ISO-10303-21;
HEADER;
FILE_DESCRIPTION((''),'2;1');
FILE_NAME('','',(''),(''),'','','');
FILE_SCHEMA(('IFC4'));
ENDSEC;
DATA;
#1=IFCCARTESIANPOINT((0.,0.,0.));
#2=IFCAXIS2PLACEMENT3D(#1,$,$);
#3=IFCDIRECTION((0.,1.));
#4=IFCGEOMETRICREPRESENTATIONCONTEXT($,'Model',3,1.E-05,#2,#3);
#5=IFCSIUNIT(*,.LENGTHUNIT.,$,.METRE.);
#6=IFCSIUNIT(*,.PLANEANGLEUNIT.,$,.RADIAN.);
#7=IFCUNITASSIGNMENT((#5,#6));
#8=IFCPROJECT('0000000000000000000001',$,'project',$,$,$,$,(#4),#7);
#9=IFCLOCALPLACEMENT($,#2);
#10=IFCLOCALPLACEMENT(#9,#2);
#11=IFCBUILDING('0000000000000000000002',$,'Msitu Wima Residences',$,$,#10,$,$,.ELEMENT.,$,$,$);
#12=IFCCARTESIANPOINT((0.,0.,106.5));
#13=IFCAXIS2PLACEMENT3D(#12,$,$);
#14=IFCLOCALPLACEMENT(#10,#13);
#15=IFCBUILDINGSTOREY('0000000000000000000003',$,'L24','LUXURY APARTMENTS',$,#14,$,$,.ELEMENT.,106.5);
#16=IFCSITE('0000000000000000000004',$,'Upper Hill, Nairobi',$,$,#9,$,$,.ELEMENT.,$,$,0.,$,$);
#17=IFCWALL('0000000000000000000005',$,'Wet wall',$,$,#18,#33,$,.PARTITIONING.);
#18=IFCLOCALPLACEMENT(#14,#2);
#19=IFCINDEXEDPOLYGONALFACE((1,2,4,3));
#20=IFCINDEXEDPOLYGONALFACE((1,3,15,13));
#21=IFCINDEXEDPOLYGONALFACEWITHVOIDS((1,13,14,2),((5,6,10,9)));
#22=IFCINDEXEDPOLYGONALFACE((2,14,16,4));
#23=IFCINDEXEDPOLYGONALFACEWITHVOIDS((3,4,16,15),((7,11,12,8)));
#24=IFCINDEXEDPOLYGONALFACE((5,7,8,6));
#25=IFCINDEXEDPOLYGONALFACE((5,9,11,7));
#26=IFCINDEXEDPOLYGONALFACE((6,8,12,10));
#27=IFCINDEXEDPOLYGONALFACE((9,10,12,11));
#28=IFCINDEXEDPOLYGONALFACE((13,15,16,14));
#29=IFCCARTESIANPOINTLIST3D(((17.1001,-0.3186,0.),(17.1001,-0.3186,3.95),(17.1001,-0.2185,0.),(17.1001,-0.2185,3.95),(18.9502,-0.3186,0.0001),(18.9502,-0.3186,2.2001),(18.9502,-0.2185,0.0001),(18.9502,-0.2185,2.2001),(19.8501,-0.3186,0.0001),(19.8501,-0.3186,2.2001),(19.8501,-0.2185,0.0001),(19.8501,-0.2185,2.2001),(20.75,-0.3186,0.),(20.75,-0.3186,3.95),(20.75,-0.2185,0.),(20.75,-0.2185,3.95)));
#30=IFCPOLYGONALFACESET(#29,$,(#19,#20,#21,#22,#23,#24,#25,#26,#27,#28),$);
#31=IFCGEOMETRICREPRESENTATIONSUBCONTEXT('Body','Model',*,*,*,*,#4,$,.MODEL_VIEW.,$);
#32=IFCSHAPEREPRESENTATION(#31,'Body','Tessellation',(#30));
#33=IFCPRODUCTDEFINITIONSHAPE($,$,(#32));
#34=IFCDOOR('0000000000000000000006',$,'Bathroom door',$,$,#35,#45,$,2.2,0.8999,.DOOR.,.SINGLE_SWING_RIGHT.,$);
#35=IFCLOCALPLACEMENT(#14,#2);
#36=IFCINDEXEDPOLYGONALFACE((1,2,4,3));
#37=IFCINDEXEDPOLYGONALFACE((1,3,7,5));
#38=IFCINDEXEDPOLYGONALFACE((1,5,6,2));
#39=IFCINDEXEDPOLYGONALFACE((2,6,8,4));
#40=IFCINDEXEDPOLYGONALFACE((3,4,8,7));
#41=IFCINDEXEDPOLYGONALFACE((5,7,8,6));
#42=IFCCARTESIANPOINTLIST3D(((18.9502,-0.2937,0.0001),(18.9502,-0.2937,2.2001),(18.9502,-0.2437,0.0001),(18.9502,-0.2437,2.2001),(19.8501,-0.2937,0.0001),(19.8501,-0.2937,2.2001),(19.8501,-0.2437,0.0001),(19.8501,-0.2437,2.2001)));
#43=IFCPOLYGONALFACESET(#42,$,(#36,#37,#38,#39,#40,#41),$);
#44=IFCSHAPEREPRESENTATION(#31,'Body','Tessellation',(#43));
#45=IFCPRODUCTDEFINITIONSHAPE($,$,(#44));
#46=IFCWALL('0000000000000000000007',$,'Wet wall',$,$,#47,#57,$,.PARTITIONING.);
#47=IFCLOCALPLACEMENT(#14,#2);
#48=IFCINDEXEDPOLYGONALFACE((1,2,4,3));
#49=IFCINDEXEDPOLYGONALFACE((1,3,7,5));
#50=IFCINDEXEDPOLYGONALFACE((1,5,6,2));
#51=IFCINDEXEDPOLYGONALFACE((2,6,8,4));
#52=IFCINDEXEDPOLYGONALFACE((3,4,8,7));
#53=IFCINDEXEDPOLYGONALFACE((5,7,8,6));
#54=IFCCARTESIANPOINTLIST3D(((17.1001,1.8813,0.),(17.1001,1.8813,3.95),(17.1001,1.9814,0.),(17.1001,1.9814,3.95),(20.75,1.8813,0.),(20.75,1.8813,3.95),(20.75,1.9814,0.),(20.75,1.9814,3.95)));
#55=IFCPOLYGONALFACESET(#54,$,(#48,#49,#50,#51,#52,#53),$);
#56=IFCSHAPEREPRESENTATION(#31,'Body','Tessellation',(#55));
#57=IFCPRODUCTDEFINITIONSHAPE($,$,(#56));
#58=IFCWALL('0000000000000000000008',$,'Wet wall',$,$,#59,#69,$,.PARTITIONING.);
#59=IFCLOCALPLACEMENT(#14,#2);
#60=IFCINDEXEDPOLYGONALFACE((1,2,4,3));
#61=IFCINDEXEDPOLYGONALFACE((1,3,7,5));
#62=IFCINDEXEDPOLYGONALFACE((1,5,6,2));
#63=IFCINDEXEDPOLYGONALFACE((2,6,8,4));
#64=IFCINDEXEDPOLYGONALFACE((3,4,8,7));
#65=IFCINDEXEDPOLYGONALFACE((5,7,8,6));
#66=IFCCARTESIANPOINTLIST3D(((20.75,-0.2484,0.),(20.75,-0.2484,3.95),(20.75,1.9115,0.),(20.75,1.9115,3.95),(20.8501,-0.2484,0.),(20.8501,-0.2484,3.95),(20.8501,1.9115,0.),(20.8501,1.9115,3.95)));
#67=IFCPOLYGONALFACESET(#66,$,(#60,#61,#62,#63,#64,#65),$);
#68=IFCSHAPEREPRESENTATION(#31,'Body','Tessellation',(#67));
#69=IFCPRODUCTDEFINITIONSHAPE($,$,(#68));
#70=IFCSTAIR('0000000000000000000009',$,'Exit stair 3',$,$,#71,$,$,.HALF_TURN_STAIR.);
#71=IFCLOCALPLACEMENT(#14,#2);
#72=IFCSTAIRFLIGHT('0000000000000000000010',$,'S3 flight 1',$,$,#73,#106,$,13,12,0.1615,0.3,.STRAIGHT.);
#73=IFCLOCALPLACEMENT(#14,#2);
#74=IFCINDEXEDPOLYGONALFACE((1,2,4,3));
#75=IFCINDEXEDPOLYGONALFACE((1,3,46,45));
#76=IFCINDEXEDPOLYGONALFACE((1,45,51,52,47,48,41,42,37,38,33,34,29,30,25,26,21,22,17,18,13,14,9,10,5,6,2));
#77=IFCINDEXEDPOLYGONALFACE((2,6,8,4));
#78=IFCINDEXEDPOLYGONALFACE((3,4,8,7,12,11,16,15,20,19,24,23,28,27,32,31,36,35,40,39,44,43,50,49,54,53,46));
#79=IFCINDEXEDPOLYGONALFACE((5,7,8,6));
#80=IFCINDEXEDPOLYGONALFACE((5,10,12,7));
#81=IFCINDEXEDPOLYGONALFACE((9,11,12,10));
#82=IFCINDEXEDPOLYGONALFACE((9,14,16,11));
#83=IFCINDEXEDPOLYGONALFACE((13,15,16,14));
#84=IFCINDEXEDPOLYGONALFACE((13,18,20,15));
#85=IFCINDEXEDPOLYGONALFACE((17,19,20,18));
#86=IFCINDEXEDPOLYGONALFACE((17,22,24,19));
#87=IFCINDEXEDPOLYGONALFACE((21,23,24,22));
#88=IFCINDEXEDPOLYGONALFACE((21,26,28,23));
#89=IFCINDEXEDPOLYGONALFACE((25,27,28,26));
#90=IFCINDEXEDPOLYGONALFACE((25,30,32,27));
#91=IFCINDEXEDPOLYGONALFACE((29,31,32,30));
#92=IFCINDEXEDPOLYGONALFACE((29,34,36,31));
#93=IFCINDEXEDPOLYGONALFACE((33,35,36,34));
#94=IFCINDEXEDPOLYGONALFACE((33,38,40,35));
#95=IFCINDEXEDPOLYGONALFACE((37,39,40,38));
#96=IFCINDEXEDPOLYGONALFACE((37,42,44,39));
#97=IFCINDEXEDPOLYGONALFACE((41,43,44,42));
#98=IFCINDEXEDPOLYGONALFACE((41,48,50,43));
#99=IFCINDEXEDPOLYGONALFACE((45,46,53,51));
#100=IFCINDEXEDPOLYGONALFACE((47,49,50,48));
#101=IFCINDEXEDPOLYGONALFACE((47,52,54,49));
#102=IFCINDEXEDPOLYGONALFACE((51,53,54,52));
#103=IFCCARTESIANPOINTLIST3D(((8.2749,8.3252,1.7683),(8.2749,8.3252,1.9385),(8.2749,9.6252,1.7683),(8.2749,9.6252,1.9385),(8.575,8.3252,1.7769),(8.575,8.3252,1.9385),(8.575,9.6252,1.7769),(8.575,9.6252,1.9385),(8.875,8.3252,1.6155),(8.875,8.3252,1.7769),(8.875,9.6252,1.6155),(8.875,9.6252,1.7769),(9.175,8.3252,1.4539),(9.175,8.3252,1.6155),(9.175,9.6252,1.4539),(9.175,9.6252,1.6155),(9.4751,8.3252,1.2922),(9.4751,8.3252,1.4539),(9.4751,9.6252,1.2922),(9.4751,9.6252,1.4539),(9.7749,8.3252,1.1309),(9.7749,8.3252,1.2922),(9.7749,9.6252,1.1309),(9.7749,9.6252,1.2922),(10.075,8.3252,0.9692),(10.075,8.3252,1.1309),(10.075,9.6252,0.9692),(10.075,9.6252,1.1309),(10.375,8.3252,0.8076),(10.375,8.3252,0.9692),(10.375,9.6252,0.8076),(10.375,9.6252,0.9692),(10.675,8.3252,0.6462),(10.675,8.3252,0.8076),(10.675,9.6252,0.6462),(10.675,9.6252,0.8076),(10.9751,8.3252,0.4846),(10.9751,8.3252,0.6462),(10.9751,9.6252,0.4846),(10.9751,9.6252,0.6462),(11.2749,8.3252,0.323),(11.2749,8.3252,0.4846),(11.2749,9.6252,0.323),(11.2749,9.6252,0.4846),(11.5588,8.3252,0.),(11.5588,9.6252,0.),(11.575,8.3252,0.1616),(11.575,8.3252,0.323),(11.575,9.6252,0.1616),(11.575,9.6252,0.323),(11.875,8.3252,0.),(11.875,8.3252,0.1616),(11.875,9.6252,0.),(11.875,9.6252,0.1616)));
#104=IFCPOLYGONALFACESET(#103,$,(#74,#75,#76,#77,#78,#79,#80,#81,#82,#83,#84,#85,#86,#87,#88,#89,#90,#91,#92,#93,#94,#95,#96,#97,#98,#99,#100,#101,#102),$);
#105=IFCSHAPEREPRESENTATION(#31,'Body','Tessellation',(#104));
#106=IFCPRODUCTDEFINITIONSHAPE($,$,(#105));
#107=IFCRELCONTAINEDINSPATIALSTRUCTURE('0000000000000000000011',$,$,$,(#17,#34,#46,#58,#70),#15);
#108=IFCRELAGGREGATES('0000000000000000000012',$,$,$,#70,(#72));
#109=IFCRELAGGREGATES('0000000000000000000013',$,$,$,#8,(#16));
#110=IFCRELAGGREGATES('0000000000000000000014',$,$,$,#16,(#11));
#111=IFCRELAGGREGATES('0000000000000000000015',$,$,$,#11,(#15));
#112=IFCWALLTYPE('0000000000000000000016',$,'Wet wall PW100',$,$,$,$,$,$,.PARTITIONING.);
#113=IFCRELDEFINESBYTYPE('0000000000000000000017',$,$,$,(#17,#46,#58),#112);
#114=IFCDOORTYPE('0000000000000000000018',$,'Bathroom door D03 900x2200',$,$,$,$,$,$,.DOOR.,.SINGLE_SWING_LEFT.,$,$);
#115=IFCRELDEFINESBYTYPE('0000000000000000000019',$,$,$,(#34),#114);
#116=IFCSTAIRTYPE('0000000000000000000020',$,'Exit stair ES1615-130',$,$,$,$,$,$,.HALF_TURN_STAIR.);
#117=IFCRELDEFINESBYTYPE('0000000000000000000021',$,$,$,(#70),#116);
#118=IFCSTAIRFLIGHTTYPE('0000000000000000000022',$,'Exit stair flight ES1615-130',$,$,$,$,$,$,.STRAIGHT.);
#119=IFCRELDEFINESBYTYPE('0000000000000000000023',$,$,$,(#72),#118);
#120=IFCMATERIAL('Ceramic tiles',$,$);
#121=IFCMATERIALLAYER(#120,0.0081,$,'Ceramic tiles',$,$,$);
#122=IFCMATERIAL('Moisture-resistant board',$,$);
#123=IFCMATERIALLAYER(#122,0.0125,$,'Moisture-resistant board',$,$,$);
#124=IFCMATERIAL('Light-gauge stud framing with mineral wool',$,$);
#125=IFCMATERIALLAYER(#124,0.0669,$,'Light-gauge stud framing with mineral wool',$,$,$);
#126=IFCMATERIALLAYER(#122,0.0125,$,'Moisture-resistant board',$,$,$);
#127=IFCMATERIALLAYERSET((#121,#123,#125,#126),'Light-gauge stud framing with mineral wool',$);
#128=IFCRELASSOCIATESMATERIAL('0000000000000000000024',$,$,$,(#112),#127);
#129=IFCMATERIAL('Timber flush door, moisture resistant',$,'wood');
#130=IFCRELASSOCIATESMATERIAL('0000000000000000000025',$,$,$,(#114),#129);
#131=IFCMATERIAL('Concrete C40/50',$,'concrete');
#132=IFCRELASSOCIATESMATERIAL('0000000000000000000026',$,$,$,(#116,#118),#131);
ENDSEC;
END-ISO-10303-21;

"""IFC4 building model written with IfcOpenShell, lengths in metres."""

from ifc_helpers import new_model, si_unit, direction, frame, frame_2d, origin, place, context, subcontext, project, spatial, polyline, rectangle, outline, extrude, material, layer, layer_set, type_object, element, fill, aggregate, save


model = new_model("IFC4")

# Units and contexts
model_context = context("Model", 3, precision=1e-05, world=origin(), true_north=direction((0.0, 1.0)))
body_context = subcontext(model_context, "Body", "Model", "MODEL_VIEW")
ifc_project = project(units=[si_unit("LENGTHUNIT", "METRE"), si_unit("PLANEANGLEUNIT", "RADIAN")], contexts=[model_context])

# Site, building, storey
site_placement = place(None, origin())
site = spatial("IfcSite", under=ifc_project, at=site_placement, Name="Upper Hill, Nairobi", CompositionType="ELEMENT", RefElevation=0.0)
building_placement = place(site_placement, origin())
building = spatial("IfcBuilding", under=site, at=building_placement, Name="Msitu Wima Residences", CompositionType="ELEMENT")
storey_placement = place(building_placement, frame((0.0, 0.0, 106.5)))
storey = spatial("IfcBuildingStorey", under=building, at=storey_placement, Name="L24", Description="LUXURY APARTMENTS", CompositionType="ELEMENT", Elevation=106.5)

# Shared definitions
ifc_material_1 = material(Name="Concrete C40/50", Category="concrete")

# Wall, opening, door
ifc_material_2 = material(Name="Ceramic tiles")
ifc_layer_1 = layer(ifc_material_2, 0.0081, Name="Ceramic tiles")
ifc_material_3 = material(Name="Moisture-resistant board")
ifc_layer_2 = layer(ifc_material_3, 0.0125, Name="Moisture-resistant board")
ifc_material_4 = material(Name="Light-gauge stud framing with mineral wool")
ifc_layer_3 = layer(ifc_material_4, 0.0669, Name="Light-gauge stud framing with mineral wool")
ifc_layer_4 = layer(ifc_material_3, 0.0125, Name="Moisture-resistant board")
ifc_layer_set_1 = layer_set([ifc_layer_1, ifc_layer_2, ifc_layer_3, ifc_layer_4], Name="Light-gauge stud framing with mineral wool")
wall_type_1 = type_object("IfcWallType", Name="Wet wall PW100", PredefinedType="PARTITIONING", material=ifc_layer_set_1)
wall_1_placement = place(storey_placement, frame((17.1001, -0.2686, 0.0), z_axis=(0.0, 0.0, 1.0), x_axis=(1.0, 0.0, 0.0)))
wall_1 = element("IfcWall", 1, at=wall_1_placement, inside=storey, type_object=wall_type_1, Name="Wet wall", PredefinedType="PARTITIONING", context=body_context, shape_type="SweptSolid", body=[
    extrude(rectangle(XDim=3.6499, YDim=0.1001, at=frame_2d((1.825, 0.0))), origin(), (0.0, 0.0, 1.0), 3.95),
])
opening_1_placement = place(wall_1_placement, frame((1.8501, 0.0, 0.0)))
opening_1 = element("IfcOpeningElement", 2, at=opening_1_placement, cuts=wall_1, PredefinedType="OPENING", context=body_context, shape_type="SweptSolid", body=[
    extrude(rectangle(XDim=0.8999, YDim=2.2, at=frame_2d((0.45, 1.1001))), frame((0.0, 0.0601, 0.0), z_axis=(0.0, -1.0, 0.0), x_axis=(1.0, 0.0, 0.0)), (0.0, 0.0, 1.0), 0.1201),
])
ifc_material_5 = material(Name="Timber flush door, moisture resistant", Category="wood")
door_type_1 = type_object("IfcDoorType", Name="Bathroom door D03 900x2200", OperationType="SINGLE_SWING_LEFT", PredefinedType="DOOR", material=ifc_material_5)
door_1_placement = place(opening_1_placement, origin())
door_1 = element("IfcDoor", 3, at=door_1_placement, inside=storey, type_object=door_type_1, Name="Bathroom door", OperationType="SINGLE_SWING_RIGHT", OverallHeight=2.2, OverallWidth=0.8999, PredefinedType="DOOR", context=body_context, shape_type="SweptSolid", body=[
    extrude(rectangle(XDim=0.8999, YDim=2.2, at=frame_2d((0.45, 1.1001))), frame((0.0, 0.0249, 0.0), z_axis=(0.0, -1.0, 0.0), x_axis=(1.0, 0.0, 0.0)), (0.0, 0.0, 1.0), 0.05),
])
fill(opening_1, door_1)

# Walls
wall_2_placement = place(storey_placement, frame((17.1001, 1.9314, 0.0), z_axis=(0.0, 0.0, 1.0), x_axis=(1.0, 0.0, 0.0)))
element("IfcWall", 4, at=wall_2_placement, inside=storey, type_object=wall_type_1, Name="Wet wall", PredefinedType="PARTITIONING", context=body_context, shape_type="SweptSolid", body=[
    extrude(rectangle(XDim=3.6499, YDim=0.1001, at=frame_2d((1.825, 0.0))), origin(), (0.0, 0.0, 1.0), 3.95),
])
wall_3_placement = place(storey_placement, frame((20.8, -0.2485, 0.0), z_axis=(0.0, 0.0, 1.0), x_axis=(0.0, 1.0, 0.0)))
element("IfcWall", 5, at=wall_3_placement, inside=storey, type_object=wall_type_1, Name="Wet wall", PredefinedType="PARTITIONING", context=body_context, shape_type="SweptSolid", body=[
    extrude(rectangle(XDim=2.1599, YDim=0.1001, at=frame_2d((1.0801, 0.0))), origin(), (0.0, 0.0, 1.0), 3.95),
])

# Stair, stair flight
stair_type = type_object("IfcStairType", Name="Exit stair ES1615-130", PredefinedType="HALF_TURN_STAIR", material=ifc_material_1)
stair_placement = place(storey_placement, origin())
stair = element("IfcStair", 6, at=stair_placement, inside=storey, type_object=stair_type, Name="Exit stair 3", PredefinedType="HALF_TURN_STAIR")
stair_flight_type = type_object("IfcStairFlightType", Name="Exit stair flight ES1615-130", PredefinedType="STRAIGHT", material=ifc_material_1)
stair_flight_placement = place(storey_placement, frame((11.875, 8.9751, 0.0), z_axis=(0.0, 0.0, 1.0), x_axis=(-1.0, 0.0, 0.0)))
stair_flight = element("IfcStairFlight", 7, at=stair_flight_placement, type_object=stair_flight_type, Name="S3 flight 1", NumberOfRisers=13, NumberOfTreads=12, PredefinedType="STRAIGHT", RiserHeight=0.1615, TreadLength=0.3, context=body_context, shape_type="SweptSolid", body=[
    extrude(outline(polyline([(0.0, 0.0), (0.0, 0.1616), (0.3, 0.1616), (0.3, 0.323), (0.6001, 0.323), (0.6001, 0.4846), (0.8999, 0.4846), (0.8999, 0.6462), (1.2, 0.6462), (1.2, 0.8076), (1.5, 0.8076), (1.5, 0.9692), (1.8, 0.9692), (1.8, 1.1309), (2.1001, 1.1309), (2.1001, 1.2922), (2.3999, 1.2922), (2.3999, 1.4539), (2.7, 1.4539), (2.7, 1.6155), (3.0, 1.6155), (3.0, 1.7769), (3.3, 1.7769), (3.3, 1.9385), (3.6001, 1.9385), (3.6001, 2.1001), (3.6001, 1.7683), (0.3162, 0.0), (0.0, 0.0)])), frame((0.0, 0.6499, 0.0), z_axis=(0.0, -1.0, 0.0), x_axis=(1.0, 0.0, 0.0)), (0.0, 0.0, 1.0), 1.3),
])
aggregate(stair, [stair_flight])

save(model, "model.ifc")
